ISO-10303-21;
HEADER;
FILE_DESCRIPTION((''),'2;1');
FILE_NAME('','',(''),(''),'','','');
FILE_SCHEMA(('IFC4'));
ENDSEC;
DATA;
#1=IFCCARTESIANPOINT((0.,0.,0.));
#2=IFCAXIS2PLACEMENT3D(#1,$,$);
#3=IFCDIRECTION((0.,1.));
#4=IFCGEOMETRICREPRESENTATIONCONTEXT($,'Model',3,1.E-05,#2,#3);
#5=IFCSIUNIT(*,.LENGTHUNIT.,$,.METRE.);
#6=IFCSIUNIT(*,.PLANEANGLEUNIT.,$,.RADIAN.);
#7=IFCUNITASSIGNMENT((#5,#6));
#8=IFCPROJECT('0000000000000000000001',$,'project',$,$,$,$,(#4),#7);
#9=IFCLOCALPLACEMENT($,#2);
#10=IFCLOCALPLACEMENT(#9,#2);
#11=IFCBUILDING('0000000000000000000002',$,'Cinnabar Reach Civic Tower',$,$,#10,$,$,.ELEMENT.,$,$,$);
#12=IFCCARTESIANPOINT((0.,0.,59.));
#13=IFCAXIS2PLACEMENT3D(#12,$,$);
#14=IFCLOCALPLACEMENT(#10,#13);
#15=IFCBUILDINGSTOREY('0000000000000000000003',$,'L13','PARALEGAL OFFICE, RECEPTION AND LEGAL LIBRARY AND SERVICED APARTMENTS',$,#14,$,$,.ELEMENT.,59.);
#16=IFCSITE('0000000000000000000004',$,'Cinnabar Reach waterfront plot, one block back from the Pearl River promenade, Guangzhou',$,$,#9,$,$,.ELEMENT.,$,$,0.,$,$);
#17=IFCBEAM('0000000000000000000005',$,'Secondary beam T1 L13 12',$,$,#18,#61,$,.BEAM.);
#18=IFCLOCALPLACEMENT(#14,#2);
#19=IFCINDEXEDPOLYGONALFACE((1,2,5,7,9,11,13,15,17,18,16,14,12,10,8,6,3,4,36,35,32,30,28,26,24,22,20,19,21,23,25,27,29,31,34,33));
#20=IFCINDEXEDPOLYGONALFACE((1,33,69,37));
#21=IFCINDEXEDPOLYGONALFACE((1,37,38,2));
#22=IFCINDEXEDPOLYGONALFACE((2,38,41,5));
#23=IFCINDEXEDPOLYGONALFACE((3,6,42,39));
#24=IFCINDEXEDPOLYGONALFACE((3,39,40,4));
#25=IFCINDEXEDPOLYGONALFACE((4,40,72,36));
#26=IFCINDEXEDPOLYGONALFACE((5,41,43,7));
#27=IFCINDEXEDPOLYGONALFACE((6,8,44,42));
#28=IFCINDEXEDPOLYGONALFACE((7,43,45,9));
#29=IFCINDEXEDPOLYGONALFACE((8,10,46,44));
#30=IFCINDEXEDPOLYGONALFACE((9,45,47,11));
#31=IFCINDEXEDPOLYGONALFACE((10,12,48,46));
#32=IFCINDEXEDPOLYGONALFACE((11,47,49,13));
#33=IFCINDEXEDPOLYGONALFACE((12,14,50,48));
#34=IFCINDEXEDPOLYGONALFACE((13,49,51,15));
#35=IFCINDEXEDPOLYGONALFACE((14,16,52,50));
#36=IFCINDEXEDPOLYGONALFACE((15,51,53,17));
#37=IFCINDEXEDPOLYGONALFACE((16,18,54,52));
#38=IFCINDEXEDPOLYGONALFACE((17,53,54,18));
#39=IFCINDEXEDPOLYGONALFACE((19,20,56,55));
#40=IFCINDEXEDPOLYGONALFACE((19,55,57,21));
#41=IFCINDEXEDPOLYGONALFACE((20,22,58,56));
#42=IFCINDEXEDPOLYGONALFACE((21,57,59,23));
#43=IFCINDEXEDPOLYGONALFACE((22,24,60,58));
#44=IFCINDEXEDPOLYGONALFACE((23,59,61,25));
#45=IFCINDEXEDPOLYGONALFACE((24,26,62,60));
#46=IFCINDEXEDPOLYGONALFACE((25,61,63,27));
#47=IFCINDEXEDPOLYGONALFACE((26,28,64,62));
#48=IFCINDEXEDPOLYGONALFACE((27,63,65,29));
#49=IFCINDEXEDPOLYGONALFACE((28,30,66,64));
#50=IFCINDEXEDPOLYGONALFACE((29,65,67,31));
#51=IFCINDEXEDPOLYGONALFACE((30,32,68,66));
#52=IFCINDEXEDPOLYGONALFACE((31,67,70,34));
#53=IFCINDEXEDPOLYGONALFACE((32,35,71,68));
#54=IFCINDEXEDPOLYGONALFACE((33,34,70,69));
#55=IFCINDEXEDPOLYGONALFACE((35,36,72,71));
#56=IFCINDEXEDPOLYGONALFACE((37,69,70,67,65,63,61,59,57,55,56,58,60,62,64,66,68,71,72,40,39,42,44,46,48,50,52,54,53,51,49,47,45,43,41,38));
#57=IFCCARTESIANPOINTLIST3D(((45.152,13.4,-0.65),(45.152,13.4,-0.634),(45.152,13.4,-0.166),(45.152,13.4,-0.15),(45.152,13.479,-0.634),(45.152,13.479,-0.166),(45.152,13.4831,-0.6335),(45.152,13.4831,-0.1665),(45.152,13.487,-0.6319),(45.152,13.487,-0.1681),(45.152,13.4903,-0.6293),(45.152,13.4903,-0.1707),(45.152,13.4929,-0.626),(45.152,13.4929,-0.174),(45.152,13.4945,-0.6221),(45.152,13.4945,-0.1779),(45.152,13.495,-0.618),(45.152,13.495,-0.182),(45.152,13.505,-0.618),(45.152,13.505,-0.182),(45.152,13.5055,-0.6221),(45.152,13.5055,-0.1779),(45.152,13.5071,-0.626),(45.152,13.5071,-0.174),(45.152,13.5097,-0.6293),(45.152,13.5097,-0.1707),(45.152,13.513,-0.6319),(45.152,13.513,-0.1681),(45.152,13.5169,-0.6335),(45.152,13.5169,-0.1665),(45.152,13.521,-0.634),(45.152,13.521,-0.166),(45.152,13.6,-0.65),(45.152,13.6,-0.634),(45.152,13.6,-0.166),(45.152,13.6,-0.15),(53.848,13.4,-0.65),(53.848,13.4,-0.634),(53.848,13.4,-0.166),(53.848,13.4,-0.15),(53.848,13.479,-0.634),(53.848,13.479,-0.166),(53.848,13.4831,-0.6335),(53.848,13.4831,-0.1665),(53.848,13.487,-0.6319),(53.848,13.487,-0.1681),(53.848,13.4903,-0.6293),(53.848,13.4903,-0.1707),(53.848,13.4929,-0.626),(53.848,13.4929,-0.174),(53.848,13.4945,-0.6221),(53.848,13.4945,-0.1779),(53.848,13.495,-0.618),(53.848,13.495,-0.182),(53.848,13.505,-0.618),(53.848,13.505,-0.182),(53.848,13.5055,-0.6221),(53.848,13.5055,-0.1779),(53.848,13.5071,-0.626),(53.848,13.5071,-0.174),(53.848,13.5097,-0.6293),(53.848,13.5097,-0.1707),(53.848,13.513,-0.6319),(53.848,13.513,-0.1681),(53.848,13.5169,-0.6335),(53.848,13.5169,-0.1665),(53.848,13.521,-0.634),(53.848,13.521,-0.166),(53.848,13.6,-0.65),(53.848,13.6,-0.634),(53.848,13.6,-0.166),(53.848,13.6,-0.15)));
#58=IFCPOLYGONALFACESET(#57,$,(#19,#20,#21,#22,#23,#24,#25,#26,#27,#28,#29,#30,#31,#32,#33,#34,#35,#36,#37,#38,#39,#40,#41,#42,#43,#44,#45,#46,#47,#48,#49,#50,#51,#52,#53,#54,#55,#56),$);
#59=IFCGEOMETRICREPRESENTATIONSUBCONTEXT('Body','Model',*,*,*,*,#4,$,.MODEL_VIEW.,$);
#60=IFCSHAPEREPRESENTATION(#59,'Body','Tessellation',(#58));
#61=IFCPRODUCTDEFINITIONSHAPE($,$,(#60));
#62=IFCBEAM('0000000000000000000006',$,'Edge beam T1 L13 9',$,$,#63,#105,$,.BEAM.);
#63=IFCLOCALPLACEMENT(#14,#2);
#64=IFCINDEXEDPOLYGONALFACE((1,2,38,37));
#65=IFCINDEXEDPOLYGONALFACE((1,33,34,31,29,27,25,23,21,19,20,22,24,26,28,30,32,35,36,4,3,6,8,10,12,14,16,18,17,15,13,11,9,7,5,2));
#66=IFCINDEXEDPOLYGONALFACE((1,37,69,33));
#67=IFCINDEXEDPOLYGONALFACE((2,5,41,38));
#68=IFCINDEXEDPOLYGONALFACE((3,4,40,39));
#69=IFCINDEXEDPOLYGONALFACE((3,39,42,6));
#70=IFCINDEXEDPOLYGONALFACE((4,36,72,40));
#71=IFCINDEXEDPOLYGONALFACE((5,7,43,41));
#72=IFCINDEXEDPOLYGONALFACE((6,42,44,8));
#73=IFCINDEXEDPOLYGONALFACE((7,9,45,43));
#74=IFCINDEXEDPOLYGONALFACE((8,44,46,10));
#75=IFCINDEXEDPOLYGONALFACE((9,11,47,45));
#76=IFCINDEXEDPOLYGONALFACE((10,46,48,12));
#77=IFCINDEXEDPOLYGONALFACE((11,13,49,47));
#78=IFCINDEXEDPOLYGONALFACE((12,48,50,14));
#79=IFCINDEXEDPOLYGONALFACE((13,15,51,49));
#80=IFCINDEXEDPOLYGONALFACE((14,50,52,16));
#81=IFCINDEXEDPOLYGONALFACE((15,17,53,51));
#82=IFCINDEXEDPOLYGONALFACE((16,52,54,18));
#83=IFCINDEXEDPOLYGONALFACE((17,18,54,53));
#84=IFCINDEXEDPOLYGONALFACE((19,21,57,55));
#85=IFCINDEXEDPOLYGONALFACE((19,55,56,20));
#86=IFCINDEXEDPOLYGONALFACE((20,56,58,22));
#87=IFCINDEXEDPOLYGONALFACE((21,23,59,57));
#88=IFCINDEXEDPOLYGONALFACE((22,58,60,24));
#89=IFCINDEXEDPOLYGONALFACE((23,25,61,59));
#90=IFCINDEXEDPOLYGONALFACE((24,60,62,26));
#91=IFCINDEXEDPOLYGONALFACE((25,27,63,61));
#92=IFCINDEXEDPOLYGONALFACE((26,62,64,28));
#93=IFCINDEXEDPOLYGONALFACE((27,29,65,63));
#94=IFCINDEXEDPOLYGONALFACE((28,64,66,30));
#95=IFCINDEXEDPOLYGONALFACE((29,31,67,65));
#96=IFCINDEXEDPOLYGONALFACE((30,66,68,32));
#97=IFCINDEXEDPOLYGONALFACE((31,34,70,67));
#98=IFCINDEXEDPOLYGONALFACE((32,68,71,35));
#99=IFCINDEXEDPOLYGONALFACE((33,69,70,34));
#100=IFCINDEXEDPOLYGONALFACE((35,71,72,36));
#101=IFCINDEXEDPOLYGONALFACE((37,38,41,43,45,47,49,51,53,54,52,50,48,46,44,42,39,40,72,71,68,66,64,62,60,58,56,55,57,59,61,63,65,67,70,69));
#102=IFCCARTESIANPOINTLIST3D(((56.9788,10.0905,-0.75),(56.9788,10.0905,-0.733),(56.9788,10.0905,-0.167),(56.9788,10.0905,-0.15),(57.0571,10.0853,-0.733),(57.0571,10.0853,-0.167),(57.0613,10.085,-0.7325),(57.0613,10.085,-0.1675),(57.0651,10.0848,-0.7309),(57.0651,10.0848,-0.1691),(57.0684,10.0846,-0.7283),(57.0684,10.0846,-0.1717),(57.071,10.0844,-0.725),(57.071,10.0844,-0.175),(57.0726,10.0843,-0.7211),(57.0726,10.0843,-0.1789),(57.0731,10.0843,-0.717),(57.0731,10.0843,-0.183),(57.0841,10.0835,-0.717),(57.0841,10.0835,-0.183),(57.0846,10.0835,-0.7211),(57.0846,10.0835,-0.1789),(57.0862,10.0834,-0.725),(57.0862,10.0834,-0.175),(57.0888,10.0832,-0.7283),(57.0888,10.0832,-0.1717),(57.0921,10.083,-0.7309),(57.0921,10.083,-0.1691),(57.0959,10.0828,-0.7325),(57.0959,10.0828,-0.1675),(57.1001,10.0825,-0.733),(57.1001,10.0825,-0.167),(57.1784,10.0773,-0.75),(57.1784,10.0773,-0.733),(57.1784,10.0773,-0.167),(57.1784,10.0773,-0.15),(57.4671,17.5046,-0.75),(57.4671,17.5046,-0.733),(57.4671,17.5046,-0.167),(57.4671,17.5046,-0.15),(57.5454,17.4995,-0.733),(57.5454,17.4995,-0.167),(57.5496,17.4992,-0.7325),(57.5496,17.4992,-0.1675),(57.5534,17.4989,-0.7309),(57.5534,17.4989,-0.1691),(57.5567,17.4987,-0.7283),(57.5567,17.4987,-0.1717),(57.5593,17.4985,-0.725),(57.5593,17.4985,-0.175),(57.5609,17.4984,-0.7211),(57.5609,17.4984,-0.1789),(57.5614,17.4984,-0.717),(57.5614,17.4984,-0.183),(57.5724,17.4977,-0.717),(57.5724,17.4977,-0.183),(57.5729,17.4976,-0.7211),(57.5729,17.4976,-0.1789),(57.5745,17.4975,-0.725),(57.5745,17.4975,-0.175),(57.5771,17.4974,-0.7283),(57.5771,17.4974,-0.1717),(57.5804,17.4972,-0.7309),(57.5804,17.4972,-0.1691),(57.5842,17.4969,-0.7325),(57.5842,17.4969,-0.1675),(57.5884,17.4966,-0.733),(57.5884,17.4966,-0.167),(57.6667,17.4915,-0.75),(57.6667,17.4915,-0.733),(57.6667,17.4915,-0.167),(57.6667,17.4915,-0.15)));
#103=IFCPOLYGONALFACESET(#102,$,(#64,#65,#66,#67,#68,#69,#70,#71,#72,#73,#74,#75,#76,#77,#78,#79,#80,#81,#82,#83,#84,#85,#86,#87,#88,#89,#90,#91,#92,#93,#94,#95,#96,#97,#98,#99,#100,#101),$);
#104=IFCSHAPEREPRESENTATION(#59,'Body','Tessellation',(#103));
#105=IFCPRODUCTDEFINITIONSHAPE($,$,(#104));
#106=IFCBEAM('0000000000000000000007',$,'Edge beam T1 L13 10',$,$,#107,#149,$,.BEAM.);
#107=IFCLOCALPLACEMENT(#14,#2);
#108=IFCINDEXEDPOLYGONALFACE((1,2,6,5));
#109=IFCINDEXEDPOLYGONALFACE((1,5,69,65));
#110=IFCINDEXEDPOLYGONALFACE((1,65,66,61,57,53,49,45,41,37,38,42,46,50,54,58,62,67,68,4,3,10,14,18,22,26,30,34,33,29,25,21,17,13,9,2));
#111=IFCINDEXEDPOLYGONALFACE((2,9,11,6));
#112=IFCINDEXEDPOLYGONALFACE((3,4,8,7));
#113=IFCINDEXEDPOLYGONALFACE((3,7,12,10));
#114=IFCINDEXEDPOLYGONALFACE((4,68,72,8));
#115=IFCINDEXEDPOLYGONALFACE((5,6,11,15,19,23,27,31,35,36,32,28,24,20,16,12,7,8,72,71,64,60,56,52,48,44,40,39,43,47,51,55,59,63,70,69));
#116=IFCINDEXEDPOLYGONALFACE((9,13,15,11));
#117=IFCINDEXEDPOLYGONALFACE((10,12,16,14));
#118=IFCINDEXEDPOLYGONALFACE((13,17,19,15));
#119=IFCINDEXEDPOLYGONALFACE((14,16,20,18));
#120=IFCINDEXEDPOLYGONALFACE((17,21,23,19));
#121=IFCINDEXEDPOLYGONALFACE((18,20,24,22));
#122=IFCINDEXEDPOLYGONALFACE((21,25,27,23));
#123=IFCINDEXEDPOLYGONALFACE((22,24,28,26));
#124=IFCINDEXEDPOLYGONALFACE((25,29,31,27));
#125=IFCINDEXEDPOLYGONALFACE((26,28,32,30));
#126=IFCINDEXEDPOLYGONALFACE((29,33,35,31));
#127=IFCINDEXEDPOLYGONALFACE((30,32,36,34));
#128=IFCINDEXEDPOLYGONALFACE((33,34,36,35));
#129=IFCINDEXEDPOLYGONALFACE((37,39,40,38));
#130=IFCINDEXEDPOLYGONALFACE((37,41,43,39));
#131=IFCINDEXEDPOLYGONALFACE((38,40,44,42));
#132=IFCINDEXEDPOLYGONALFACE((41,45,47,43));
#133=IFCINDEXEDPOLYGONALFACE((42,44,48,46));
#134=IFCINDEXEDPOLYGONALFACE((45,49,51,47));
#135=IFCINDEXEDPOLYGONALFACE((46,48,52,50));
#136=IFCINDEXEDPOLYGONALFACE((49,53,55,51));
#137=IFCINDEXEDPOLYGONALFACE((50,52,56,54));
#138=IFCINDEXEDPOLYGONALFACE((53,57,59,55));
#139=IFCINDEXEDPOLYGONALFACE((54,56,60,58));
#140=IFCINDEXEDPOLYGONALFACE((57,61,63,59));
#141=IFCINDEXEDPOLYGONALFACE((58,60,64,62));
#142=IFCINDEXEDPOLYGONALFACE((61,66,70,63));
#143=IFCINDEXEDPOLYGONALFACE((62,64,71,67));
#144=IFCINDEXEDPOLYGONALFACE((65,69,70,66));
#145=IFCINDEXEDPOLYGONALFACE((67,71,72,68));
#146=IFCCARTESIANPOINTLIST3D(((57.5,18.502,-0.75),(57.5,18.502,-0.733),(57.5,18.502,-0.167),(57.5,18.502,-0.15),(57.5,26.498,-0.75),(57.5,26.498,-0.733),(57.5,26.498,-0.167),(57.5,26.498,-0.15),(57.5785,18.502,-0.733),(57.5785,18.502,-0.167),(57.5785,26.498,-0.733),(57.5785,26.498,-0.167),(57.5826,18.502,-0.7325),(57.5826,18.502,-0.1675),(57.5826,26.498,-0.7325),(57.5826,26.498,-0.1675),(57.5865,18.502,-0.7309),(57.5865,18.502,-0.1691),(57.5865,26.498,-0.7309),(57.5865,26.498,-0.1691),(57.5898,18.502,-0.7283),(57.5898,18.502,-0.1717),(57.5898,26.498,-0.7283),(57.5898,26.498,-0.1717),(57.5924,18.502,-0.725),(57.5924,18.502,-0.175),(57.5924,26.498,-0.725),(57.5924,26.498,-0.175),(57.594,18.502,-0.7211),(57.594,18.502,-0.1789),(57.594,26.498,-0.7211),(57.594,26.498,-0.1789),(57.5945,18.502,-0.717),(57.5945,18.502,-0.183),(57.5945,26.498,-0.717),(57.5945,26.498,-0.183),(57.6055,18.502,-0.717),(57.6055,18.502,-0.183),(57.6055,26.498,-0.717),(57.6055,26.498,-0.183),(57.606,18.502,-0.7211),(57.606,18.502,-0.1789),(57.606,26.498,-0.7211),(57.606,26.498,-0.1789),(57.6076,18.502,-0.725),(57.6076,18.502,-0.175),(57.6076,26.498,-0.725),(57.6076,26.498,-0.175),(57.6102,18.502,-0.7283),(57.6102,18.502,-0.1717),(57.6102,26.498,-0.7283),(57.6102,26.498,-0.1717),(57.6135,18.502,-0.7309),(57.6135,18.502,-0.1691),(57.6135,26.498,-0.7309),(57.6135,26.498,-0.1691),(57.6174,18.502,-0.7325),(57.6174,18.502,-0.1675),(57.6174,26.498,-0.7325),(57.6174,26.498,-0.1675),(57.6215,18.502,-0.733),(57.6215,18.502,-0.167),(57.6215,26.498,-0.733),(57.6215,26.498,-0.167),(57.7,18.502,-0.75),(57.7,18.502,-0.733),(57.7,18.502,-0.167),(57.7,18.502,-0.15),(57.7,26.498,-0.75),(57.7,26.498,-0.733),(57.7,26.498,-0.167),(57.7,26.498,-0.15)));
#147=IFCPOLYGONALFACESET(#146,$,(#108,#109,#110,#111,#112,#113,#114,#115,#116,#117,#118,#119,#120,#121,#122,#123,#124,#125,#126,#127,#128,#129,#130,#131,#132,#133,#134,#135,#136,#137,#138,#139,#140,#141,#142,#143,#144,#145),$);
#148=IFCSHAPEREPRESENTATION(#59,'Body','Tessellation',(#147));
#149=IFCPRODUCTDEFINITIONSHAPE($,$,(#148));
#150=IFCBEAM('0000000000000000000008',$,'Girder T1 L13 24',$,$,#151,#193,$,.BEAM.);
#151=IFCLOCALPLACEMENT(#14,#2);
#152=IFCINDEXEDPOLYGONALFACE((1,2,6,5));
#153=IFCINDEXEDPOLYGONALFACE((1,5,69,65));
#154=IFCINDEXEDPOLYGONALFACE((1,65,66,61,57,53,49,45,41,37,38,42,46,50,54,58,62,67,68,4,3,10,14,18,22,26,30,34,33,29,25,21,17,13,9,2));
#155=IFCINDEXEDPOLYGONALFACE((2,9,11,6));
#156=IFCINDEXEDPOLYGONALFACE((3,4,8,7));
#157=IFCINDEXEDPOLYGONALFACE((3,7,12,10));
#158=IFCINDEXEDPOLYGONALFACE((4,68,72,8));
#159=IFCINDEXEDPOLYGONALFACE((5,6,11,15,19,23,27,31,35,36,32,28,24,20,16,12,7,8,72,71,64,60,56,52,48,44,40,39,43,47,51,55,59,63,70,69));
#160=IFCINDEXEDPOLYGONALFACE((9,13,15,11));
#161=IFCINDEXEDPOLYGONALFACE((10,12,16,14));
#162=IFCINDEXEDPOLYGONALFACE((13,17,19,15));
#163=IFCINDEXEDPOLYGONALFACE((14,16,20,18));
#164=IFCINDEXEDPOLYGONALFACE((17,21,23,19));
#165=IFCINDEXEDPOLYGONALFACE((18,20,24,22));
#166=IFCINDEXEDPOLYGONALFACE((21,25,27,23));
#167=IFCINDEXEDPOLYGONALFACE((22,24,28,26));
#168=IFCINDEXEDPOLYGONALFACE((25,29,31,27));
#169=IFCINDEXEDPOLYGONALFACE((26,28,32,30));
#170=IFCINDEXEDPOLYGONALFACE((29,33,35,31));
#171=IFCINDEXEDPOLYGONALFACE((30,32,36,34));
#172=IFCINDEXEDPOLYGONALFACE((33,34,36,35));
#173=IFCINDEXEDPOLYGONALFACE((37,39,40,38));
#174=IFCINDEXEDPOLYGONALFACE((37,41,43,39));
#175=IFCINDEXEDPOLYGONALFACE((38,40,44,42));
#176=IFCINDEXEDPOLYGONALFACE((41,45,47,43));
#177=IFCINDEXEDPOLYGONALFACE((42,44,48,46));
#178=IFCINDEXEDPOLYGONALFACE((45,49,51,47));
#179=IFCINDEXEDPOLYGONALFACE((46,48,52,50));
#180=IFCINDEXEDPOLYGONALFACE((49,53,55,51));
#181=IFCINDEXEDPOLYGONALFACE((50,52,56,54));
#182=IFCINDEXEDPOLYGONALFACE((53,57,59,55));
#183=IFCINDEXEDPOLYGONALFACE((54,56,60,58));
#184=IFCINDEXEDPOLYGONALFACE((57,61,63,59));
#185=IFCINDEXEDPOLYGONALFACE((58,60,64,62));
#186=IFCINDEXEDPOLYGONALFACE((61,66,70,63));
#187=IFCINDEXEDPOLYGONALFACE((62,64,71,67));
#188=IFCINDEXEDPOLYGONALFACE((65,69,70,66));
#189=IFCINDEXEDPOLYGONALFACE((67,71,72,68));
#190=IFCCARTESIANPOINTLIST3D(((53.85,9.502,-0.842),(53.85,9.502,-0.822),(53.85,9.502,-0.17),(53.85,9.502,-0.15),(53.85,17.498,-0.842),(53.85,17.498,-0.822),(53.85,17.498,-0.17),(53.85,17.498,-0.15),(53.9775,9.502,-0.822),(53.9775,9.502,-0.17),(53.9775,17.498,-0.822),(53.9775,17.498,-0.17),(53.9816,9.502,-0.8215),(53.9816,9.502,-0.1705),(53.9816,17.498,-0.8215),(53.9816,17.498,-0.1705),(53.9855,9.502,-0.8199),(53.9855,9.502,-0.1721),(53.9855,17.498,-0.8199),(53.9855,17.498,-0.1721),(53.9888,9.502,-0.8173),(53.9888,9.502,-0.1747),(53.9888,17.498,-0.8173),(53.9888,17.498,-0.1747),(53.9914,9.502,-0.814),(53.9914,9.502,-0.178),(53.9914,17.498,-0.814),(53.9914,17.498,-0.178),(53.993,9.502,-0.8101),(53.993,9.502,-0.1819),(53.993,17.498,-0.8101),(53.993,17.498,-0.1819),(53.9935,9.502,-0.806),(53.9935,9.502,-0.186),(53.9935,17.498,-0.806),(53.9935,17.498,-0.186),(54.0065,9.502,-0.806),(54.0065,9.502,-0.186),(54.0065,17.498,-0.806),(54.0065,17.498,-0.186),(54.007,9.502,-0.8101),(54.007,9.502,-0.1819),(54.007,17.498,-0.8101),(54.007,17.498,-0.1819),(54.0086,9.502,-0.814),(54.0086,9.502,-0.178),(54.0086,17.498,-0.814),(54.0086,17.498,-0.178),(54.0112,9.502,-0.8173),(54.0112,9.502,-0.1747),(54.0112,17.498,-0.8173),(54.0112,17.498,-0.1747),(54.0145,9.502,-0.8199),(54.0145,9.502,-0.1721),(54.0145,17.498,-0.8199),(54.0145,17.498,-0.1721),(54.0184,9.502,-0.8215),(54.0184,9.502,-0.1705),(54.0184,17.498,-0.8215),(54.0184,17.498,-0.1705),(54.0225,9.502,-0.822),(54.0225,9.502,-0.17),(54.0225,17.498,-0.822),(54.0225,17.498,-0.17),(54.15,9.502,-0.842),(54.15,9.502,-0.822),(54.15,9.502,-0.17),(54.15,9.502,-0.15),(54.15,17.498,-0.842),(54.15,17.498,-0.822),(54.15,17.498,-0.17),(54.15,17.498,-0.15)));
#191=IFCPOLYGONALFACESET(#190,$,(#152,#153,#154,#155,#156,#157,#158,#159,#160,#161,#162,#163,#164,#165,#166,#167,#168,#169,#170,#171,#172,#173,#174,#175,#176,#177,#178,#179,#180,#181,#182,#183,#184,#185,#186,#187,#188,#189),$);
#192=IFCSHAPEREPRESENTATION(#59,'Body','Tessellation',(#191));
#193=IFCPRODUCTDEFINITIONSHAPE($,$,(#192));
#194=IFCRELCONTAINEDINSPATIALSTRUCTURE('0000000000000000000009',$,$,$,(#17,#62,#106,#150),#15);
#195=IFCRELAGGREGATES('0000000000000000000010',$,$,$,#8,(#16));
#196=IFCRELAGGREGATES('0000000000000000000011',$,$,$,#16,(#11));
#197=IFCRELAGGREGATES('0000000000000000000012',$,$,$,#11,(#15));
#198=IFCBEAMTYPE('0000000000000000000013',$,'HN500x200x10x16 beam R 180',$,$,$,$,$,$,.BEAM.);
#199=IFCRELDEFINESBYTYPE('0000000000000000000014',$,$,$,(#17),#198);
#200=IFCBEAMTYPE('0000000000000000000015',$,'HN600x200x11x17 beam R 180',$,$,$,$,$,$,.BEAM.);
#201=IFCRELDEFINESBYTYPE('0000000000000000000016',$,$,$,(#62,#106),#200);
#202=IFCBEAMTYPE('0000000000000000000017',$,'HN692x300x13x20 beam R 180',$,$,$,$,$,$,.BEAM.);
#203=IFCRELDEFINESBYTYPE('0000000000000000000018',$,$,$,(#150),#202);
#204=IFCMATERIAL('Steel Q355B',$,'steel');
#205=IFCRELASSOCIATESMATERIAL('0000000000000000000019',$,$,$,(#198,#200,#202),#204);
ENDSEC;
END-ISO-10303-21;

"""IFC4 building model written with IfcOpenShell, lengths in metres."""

from ifc_helpers import new_model, si_unit, direction, frame, origin, origin_2d, place, context, subcontext, project, spatial, i_section, extrude, material, material_profile, profile_set, type_object, element, save


model = new_model("IFC4")

# Units and contexts
model_context = context("Model", 3, precision=1e-05, world=origin(), true_north=direction((0.0, 1.0)))
body_context = subcontext(model_context, "Body", "Model", "MODEL_VIEW")
ifc_project = project(units=[si_unit("LENGTHUNIT", "METRE"), si_unit("PLANEANGLEUNIT", "RADIAN")], contexts=[model_context])

# Site, building, storey
site_placement = place(None, origin())
site = spatial("IfcSite", under=ifc_project, at=site_placement, Name="Cinnabar Reach waterfront plot, one block back from the Pearl River promenade, Guangzhou", CompositionType="ELEMENT", RefElevation=0.0)
building_placement = place(site_placement, origin())
building = spatial("IfcBuilding", under=site, at=building_placement, Name="Cinnabar Reach Civic Tower", CompositionType="ELEMENT")
storey_placement = place(building_placement, frame((0.0, 0.0, 59.0)))
storey = spatial("IfcBuildingStorey", under=building, at=storey_placement, Name="L13", Description="PARALEGAL OFFICE, RECEPTION AND LEGAL LIBRARY AND SERVICED APARTMENTS", CompositionType="ELEMENT", Elevation=59.0)

# Beams
ifc_material_1 = material(Name="Steel Q355B", Category="steel")
ifc_material_profile_1 = material_profile(ifc_material_1, i_section(OverallWidth=0.2, OverallDepth=0.5, WebThickness=0.01, FlangeThickness=0.016, FilletRadius=0.016, at=origin_2d()), Name="HN500x200x10x16")
ifc_profile_set_1 = profile_set([ifc_material_profile_1], Name="Steel Q355B")
beam_type_1 = type_object("IfcBeamType", Name="HN500x200x10x16 beam R 180", PredefinedType="BEAM", material=ifc_profile_set_1)
beam_1_placement = place(storey_placement, frame((45.152, 13.5, -0.4), z_axis=(1.0, 0.0, 0.0), x_axis=(0.0, 1.0, 0.0)))
element("IfcBeam", 1, at=beam_1_placement, inside=storey, type_object=beam_type_1, Name="Secondary beam T1 L13 12", PredefinedType="BEAM", context=body_context, shape_type="SweptSolid", body=[
    extrude(i_section(OverallWidth=0.2, OverallDepth=0.5, WebThickness=0.01, FlangeThickness=0.016, FilletRadius=0.016, at=origin_2d()), origin(), (0.0, 0.0, 1.0), 8.696),
])
ifc_material_profile_2 = material_profile(ifc_material_1, i_section(OverallWidth=0.2, OverallDepth=0.6, WebThickness=0.011, FlangeThickness=0.017, FilletRadius=0.016, at=origin_2d()), Name="HN600x200x11x17")
ifc_profile_set_2 = profile_set([ifc_material_profile_2], Name="Steel Q355B")
beam_type_2 = type_object("IfcBeamType", Name="HN600x200x11x17 beam R 180", PredefinedType="BEAM", material=ifc_profile_set_2)
beam_2_placement = place(storey_placement, frame((57.0786, 10.0839, -0.45), z_axis=(0.065719, 0.997838, 0.0), x_axis=(-0.997838, 0.065719, 0.0)))
element("IfcBeam", 2, at=beam_2_placement, inside=storey, type_object=beam_type_2, Name="Edge beam T1 L13 9", PredefinedType="BEAM", context=body_context, shape_type="SweptSolid", body=[
    extrude(i_section(OverallWidth=0.2, OverallDepth=0.6, WebThickness=0.011, FlangeThickness=0.017, FilletRadius=0.016, at=origin_2d()), origin(), (0.0, 0.0, 1.0), 7.4302),
])
beam_3_placement = place(storey_placement, frame((57.6, 18.502, -0.45), z_axis=(0.0, 1.0, 0.0), x_axis=(-1.0, 0.0, 0.0)))
element("IfcBeam", 3, at=beam_3_placement, inside=storey, type_object=beam_type_2, Name="Edge beam T1 L13 10", PredefinedType="BEAM", context=body_context, shape_type="SweptSolid", body=[
    extrude(i_section(OverallWidth=0.2, OverallDepth=0.6, WebThickness=0.011, FlangeThickness=0.017, FilletRadius=0.016, at=origin_2d()), origin(), (0.0, 0.0, 1.0), 7.996),
])
ifc_material_profile_3 = material_profile(ifc_material_1, i_section(OverallWidth=0.3, OverallDepth=0.692, WebThickness=0.013, FlangeThickness=0.02, FilletRadius=0.016, at=origin_2d()), Name="HN692x300x13x20")
ifc_profile_set_3 = profile_set([ifc_material_profile_3], Name="Steel Q355B")
beam_type_3 = type_object("IfcBeamType", Name="HN692x300x13x20 beam R 180", PredefinedType="BEAM", material=ifc_profile_set_3)
for number, where, z_axis, x_axis, name in (
    (4, (54.0, 9.502, -0.496), (0.0, 1.0, 0.0), (-1.0, 0.0, 0.0), "Girder T1 L13 24"),
):
    element("IfcBeam", number, at=place(storey_placement, frame(where, z_axis=z_axis, x_axis=x_axis)), inside=storey, type_object=beam_type_3, Name=name, PredefinedType="BEAM", context=body_context, shape_type="SweptSolid", body=[
        extrude(i_section(OverallWidth=0.3, OverallDepth=0.692, WebThickness=0.013, FlangeThickness=0.02, FilletRadius=0.016, at=origin_2d()), origin(), (0.0, 0.0, 1.0), 7.996),
    ])

save(model, "model.ifc")
